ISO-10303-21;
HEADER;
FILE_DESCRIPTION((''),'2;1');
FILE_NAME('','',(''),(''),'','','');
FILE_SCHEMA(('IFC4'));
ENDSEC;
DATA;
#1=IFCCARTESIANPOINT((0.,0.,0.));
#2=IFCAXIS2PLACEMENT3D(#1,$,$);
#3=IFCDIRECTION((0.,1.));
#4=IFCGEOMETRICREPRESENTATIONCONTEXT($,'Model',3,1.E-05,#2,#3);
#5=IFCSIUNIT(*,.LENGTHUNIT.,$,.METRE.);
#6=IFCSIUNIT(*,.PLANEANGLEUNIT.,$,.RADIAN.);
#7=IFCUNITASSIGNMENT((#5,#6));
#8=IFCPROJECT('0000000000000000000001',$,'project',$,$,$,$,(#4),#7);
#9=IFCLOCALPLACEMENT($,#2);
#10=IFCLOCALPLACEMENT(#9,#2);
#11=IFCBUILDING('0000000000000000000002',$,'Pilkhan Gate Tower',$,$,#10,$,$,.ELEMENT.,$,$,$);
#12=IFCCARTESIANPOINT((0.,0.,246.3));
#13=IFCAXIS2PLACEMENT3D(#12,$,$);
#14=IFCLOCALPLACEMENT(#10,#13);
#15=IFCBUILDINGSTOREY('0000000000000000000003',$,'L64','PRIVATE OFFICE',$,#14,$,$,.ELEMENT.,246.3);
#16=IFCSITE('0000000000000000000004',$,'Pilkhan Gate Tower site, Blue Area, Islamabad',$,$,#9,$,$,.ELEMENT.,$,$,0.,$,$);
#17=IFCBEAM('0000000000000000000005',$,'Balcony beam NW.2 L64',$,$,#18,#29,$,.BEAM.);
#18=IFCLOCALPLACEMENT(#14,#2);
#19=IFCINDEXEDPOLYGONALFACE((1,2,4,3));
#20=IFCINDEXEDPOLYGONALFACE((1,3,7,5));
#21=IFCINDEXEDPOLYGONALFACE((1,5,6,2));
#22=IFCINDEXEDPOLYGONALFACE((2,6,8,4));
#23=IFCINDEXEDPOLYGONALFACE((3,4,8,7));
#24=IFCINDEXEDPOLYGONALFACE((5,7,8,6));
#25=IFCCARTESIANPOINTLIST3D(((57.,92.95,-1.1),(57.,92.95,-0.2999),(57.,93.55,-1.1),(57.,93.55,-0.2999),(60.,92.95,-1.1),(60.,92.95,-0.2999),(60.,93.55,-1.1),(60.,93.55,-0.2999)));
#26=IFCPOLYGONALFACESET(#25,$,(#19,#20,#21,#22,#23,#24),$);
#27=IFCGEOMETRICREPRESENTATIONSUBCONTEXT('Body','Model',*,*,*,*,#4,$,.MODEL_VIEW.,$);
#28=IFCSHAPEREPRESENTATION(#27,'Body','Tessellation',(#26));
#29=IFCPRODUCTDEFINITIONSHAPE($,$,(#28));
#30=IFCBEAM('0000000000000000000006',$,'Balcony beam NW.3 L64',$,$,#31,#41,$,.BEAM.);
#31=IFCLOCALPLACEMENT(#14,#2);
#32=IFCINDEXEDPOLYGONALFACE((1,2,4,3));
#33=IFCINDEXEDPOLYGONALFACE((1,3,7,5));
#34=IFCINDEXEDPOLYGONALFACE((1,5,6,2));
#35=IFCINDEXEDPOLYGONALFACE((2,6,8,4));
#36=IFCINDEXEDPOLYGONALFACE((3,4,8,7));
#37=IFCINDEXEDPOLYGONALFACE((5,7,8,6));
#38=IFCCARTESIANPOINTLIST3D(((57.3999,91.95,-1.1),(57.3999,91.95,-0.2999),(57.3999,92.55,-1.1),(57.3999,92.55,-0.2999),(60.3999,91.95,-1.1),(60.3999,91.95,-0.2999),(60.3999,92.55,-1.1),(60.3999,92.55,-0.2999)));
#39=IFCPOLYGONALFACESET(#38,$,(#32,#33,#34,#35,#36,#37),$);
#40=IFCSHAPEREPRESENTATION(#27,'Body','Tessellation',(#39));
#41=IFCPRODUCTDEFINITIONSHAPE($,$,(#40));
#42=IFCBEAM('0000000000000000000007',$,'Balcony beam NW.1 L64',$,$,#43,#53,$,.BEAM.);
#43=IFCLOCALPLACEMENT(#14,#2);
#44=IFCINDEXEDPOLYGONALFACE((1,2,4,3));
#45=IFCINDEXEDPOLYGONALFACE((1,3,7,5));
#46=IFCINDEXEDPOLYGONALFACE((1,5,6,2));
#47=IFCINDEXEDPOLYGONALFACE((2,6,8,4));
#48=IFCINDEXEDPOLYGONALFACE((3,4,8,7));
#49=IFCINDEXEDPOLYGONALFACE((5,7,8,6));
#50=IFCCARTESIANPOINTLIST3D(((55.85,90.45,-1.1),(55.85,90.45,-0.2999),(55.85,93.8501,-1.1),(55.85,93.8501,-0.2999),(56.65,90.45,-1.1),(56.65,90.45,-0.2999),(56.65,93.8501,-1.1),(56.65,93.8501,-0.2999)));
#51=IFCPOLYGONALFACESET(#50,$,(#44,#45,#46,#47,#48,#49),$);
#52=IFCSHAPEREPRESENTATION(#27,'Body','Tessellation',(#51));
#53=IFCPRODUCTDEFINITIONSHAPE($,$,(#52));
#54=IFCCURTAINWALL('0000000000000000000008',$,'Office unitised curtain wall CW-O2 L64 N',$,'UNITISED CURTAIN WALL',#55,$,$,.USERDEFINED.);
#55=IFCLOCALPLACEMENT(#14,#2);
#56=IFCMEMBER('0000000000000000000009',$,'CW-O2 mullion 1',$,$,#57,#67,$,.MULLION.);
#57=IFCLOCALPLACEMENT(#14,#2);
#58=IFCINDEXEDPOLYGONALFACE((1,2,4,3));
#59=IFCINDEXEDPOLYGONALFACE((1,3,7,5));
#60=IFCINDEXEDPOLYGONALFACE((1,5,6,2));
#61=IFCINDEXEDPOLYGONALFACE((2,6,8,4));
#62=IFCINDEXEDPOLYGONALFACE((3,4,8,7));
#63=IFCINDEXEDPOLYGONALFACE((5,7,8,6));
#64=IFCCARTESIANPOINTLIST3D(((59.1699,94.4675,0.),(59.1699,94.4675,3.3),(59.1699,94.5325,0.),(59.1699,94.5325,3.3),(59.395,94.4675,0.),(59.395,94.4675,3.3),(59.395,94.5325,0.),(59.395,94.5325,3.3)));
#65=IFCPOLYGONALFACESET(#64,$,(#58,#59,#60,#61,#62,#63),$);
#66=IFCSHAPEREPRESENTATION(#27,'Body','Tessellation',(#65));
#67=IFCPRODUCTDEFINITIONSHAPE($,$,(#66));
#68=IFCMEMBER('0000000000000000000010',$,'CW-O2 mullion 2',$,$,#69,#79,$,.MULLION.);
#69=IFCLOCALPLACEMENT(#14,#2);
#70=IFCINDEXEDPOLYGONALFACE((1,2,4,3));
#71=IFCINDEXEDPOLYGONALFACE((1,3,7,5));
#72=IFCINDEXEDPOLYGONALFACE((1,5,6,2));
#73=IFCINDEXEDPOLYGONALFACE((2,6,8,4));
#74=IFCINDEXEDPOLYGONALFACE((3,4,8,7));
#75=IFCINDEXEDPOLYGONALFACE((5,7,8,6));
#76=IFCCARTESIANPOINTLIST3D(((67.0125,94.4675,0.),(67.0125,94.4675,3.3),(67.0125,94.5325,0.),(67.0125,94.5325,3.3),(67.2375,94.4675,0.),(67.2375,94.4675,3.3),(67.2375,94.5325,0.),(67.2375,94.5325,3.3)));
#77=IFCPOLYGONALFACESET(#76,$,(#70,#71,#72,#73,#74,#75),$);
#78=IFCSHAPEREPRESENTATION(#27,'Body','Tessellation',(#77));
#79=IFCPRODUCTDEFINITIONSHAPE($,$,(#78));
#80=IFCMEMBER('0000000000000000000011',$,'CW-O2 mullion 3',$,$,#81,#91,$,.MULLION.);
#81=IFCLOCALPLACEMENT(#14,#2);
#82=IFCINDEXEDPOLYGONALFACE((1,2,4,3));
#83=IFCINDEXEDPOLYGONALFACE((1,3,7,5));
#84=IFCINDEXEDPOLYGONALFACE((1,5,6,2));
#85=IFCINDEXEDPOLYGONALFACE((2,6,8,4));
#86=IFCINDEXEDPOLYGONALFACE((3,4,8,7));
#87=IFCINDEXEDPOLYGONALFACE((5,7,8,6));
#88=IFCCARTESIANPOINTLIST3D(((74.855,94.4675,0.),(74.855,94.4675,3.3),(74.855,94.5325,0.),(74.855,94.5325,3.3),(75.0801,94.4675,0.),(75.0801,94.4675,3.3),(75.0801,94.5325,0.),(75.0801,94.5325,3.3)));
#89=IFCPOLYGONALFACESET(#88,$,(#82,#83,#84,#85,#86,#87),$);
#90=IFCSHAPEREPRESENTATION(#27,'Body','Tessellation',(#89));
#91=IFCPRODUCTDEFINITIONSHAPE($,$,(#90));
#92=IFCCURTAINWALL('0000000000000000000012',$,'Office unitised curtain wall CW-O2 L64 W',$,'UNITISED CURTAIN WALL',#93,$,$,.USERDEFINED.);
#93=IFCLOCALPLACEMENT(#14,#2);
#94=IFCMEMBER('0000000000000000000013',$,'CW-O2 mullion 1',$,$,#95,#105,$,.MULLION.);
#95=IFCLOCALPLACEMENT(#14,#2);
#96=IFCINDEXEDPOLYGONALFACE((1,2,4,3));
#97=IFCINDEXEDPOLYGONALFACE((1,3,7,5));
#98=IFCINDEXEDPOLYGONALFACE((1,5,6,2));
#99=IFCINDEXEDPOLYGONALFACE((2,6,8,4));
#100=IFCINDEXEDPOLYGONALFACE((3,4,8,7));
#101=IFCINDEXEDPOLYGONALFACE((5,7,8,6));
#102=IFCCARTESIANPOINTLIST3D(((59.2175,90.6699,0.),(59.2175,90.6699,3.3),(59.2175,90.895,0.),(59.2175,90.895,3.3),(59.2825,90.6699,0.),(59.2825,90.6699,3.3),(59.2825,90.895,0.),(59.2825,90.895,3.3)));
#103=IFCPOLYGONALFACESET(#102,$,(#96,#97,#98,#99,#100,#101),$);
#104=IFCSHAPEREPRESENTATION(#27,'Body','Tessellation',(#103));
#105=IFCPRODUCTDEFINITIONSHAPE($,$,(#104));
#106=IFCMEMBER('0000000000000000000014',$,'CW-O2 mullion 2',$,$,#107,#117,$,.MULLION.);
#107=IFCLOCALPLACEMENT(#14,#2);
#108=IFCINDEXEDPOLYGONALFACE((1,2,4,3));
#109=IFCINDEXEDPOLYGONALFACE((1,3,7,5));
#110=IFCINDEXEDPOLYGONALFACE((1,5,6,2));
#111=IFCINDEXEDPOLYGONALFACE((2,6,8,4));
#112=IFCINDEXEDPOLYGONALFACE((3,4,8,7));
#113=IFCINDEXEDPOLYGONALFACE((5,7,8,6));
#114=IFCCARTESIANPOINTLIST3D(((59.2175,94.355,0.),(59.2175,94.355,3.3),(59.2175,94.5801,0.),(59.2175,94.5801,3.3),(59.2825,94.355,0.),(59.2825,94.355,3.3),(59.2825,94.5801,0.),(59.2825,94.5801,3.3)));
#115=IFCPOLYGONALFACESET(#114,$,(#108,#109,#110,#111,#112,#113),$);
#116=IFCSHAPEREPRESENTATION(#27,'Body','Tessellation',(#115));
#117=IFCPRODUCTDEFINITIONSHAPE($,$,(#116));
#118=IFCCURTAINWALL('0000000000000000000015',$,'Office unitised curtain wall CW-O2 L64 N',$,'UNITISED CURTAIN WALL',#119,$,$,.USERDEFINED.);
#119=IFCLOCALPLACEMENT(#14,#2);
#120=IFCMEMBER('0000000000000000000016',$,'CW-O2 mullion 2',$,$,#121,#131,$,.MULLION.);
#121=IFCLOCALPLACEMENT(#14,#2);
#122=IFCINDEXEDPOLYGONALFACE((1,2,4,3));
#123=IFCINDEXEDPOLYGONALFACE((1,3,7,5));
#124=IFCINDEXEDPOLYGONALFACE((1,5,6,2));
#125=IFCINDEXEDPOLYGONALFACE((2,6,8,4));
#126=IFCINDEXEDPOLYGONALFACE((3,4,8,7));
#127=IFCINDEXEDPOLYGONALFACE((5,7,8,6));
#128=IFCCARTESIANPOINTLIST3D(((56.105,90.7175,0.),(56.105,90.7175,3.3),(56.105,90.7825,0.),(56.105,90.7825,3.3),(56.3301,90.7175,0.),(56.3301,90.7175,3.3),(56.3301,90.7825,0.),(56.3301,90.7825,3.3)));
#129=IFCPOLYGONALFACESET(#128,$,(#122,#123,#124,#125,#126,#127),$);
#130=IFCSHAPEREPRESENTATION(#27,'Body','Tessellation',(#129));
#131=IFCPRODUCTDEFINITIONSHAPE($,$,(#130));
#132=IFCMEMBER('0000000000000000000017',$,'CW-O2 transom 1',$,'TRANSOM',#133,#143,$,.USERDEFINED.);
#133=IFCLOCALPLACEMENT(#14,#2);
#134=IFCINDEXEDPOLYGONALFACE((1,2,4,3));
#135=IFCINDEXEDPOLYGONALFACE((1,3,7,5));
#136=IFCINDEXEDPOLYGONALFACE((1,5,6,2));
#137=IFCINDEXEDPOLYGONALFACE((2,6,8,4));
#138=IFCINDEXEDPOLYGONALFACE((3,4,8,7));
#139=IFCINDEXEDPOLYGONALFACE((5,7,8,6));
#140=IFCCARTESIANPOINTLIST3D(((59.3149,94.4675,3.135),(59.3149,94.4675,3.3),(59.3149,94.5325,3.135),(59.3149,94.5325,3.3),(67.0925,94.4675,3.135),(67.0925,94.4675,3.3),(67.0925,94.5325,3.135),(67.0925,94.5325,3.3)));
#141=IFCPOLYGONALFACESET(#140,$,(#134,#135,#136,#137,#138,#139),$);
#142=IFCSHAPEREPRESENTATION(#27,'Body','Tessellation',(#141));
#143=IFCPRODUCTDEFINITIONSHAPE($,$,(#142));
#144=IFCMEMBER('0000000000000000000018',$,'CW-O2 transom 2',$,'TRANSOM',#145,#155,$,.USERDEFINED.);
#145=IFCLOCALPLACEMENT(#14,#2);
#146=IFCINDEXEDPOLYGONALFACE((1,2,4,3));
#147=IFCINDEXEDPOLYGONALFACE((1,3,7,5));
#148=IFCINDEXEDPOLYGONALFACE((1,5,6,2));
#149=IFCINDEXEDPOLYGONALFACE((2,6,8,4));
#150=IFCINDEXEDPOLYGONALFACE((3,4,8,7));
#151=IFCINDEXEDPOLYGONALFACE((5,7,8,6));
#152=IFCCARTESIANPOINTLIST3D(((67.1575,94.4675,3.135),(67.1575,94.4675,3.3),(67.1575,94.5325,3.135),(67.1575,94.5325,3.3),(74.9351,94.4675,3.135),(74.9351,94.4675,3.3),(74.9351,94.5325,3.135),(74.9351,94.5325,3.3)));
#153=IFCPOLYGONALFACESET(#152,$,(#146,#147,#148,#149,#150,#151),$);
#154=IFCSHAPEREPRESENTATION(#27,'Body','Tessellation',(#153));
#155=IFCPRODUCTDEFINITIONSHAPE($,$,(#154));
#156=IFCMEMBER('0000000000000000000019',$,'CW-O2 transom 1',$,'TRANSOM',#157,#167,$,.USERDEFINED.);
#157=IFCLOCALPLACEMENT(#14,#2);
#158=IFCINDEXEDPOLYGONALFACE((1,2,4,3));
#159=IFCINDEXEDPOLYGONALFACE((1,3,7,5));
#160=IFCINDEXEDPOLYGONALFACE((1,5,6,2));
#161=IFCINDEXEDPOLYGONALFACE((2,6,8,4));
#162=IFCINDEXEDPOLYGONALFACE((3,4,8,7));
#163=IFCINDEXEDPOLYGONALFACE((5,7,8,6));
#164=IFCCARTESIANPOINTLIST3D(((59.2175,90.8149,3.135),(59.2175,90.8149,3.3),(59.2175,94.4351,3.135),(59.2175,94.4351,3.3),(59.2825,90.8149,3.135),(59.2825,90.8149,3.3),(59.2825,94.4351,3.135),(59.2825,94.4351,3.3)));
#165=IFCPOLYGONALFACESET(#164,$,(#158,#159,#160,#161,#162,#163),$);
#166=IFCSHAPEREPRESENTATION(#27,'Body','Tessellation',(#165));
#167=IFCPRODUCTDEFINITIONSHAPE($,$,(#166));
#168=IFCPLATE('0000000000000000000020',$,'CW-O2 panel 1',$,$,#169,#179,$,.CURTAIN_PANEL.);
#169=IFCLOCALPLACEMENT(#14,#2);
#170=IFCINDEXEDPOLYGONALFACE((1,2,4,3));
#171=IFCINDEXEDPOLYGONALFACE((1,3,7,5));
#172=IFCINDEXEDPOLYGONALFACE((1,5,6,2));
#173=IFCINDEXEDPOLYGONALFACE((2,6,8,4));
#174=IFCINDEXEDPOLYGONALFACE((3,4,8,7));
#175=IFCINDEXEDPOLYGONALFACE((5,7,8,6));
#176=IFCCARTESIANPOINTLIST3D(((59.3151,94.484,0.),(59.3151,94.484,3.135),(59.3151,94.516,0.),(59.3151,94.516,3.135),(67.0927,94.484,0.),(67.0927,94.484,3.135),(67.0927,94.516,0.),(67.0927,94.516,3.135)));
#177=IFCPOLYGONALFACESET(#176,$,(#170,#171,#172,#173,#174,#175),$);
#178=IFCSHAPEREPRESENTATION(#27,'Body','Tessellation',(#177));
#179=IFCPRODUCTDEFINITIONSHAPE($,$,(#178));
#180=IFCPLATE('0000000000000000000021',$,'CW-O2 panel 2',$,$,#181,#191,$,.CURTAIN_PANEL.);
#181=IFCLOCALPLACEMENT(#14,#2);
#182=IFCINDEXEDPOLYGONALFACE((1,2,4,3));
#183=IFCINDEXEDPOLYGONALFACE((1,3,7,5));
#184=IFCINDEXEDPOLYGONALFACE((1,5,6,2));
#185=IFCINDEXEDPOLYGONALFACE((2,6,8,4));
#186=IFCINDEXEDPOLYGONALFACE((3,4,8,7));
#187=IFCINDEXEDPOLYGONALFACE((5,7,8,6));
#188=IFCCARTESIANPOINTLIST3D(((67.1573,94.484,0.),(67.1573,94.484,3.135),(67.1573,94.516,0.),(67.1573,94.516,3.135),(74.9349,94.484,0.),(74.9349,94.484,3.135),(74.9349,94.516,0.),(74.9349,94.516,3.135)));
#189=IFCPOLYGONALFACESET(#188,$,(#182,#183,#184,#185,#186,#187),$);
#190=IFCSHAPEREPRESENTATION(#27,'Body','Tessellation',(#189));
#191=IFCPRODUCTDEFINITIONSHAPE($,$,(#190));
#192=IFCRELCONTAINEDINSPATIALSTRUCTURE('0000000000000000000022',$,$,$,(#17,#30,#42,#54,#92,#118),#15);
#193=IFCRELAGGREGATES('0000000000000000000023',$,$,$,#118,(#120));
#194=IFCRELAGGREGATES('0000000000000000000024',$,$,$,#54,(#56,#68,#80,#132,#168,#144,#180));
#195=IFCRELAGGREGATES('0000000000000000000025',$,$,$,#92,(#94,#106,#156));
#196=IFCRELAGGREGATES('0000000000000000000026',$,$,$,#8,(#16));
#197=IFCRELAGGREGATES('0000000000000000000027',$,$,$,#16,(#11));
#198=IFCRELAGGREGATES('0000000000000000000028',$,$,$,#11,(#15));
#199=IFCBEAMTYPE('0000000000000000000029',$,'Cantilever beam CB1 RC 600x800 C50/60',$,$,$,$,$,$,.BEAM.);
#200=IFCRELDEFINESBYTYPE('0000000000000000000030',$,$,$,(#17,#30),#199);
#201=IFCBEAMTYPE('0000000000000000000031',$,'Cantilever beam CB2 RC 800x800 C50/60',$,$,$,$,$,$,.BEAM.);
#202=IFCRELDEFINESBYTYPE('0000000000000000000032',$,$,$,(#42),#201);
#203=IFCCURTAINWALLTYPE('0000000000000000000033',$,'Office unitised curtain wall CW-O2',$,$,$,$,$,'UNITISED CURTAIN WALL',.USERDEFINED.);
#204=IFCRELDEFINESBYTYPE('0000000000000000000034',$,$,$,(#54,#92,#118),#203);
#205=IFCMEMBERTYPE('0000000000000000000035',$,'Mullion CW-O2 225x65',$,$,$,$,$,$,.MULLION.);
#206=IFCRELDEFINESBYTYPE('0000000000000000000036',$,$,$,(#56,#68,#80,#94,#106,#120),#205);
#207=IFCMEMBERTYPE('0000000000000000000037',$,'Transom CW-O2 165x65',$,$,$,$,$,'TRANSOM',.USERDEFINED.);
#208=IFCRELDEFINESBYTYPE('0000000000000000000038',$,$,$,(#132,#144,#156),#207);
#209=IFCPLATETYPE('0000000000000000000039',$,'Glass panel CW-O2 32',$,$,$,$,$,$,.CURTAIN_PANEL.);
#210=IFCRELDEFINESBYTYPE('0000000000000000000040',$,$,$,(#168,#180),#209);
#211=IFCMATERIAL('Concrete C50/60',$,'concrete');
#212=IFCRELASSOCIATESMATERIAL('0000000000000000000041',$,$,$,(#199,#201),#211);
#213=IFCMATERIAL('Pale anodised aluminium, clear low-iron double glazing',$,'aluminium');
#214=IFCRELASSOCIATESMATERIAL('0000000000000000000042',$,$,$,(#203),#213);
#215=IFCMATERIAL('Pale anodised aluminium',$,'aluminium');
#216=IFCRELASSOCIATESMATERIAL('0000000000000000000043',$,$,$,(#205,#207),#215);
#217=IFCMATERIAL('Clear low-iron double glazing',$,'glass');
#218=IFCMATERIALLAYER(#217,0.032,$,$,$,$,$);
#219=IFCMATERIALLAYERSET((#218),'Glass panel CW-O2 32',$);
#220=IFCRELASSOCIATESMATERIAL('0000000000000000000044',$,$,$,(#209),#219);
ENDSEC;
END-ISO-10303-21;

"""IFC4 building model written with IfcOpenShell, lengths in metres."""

from ifc_helpers import new_model, si_unit, direction, frame, origin, origin_2d, place, context, subcontext, project, spatial, rectangle, extrude, material, layer, layer_set, material_profile, profile_set, type_object, element, aggregate, save


model = new_model("IFC4")

# Units and contexts
model_context = context("Model", 3, precision=1e-05, world=origin(), true_north=direction((0.0, 1.0)))
body_context = subcontext(model_context, "Body", "Model", "MODEL_VIEW")
ifc_project = project(units=[si_unit("LENGTHUNIT", "METRE"), si_unit("PLANEANGLEUNIT", "RADIAN")], contexts=[model_context])

# Site, building, storey
site_placement = place(None, origin())
site = spatial("IfcSite", under=ifc_project, at=site_placement, Name="Pilkhan Gate Tower site, Blue Area, Islamabad", CompositionType="ELEMENT", RefElevation=0.0)
building_placement = place(site_placement, origin())
building = spatial("IfcBuilding", under=site, at=building_placement, Name="Pilkhan Gate Tower", CompositionType="ELEMENT")
storey_placement = place(building_placement, frame((0.0, 0.0, 246.3)))
storey = spatial("IfcBuildingStorey", under=building, at=storey_placement, Name="L64", Description="PRIVATE OFFICE", CompositionType="ELEMENT", Elevation=246.3)

# Beams
ifc_material_1 = material(Name="Concrete C50/60", Category="concrete")
ifc_material_profile_1 = material_profile(ifc_material_1, rectangle(XDim=0.6001, YDim=0.8, at=origin_2d()), Name="RC 600x800")
ifc_profile_set_1 = profile_set([ifc_material_profile_1], Name="Concrete C50/60")
beam_type_1 = type_object("IfcBeamType", Name="Cantilever beam CB1 RC 600x800 C50/60", PredefinedType="BEAM", material=ifc_profile_set_1)
for number, where, z_axis, x_axis, name in (
    (1, (60.0, 93.25, -0.7), (-1.0, 0.0, 0.0), (0.0, -1.0, 0.0), "Balcony beam NW.2 L64"),
    (2, (60.3999, 92.25, -0.7), (-1.0, 0.0, 0.0), (0.0, -1.0, 0.0), "Balcony beam NW.3 L64"),
):
    element("IfcBeam", number, at=place(storey_placement, frame(where, z_axis=z_axis, x_axis=x_axis)), inside=storey, type_object=beam_type_1, Name=name, PredefinedType="BEAM", context=body_context, shape_type="SweptSolid", body=[
        extrude(rectangle(XDim=0.6001, YDim=0.8, at=origin_2d()), origin(), (0.0, 0.0, 1.0), 3.0),
    ])
ifc_material_profile_2 = material_profile(ifc_material_1, rectangle(XDim=0.8, YDim=0.8, at=origin_2d()), Name="RC 800x800")
ifc_profile_set_2 = profile_set([ifc_material_profile_2], Name="Concrete C50/60")
beam_type_2 = type_object("IfcBeamType", Name="Cantilever beam CB2 RC 800x800 C50/60", PredefinedType="BEAM", material=ifc_profile_set_2)
beam_placement = place(storey_placement, frame((56.25, 90.45, -0.7), z_axis=(0.0, 1.0, 0.0), x_axis=(-1.0, 0.0, 0.0)))
element("IfcBeam", 3, at=beam_placement, inside=storey, type_object=beam_type_2, Name="Balcony beam NW.1 L64", PredefinedType="BEAM", context=body_context, shape_type="SweptSolid", body=[
    extrude(rectangle(XDim=0.8, YDim=0.8, at=origin_2d()), origin(), (0.0, 0.0, 1.0), 3.4001),
])

# Curtain walls, members
ifc_material_2 = material(Name="Pale anodised aluminium, clear low-iron double glazing", Category="aluminium")
curtain_wall_type = type_object("IfcCurtainWallType", Name="Office unitised curtain wall CW-O2", ElementType="UNITISED CURTAIN WALL", PredefinedType="USERDEFINED", material=ifc_material_2)
curtain_wall_1_placement = place(storey_placement, origin())
curtain_wall_1 = element("IfcCurtainWall", 4, at=curtain_wall_1_placement, inside=storey, type_object=curtain_wall_type, Name="Office unitised curtain wall CW-O2 L64 N", ObjectType="UNITISED CURTAIN WALL", PredefinedType="USERDEFINED")
ifc_material_3 = material(Name="Pale anodised aluminium", Category="aluminium")
ifc_material_profile_3 = material_profile(ifc_material_3, rectangle(XDim=0.0649, YDim=0.2251, at=origin_2d()), Name="Mullion 225x65")
ifc_profile_set_3 = profile_set([ifc_material_profile_3], Name="Pale anodised aluminium")
member_type_1 = type_object("IfcMemberType", Name="Mullion CW-O2 225x65", PredefinedType="MULLION", material=ifc_profile_set_3)
member_1_placement = place(storey_placement, frame((59.2825, 94.5, 0.0), z_axis=(0.0, 0.0, 1.0), x_axis=(0.0, 1.0, 0.0)))
member_1 = element("IfcMember", 5, at=member_1_placement, type_object=member_type_1, Name="CW-O2 mullion 1", PredefinedType="MULLION", context=body_context, shape_type="SweptSolid", body=[
    extrude(rectangle(XDim=0.0649, YDim=0.2251, at=origin_2d()), origin(), (0.0, 0.0, 1.0), 3.3),
])
member_2_placement = place(storey_placement, frame((67.125, 94.5, 0.0), z_axis=(0.0, 0.0, 1.0), x_axis=(0.0, 1.0, 0.0)))
member_2 = element("IfcMember", 6, at=member_2_placement, type_object=member_type_1, Name="CW-O2 mullion 2", PredefinedType="MULLION", context=body_context, shape_type="SweptSolid", body=[
    extrude(rectangle(XDim=0.0649, YDim=0.2251, at=origin_2d()), origin(), (0.0, 0.0, 1.0), 3.3),
])
member_3_placement = place(storey_placement, frame((74.9675, 94.5, 0.0), z_axis=(0.0, 0.0, 1.0), x_axis=(0.0, 1.0, 0.0)))
member_3 = element("IfcMember", 7, at=member_3_placement, type_object=member_type_1, Name="CW-O2 mullion 3", PredefinedType="MULLION", context=body_context, shape_type="SweptSolid", body=[
    extrude(rectangle(XDim=0.0649, YDim=0.2251, at=origin_2d()), origin(), (0.0, 0.0, 1.0), 3.3),
])
curtain_wall_2_placement = place(storey_placement, origin())
curtain_wall_2 = element("IfcCurtainWall", 8, at=curtain_wall_2_placement, inside=storey, type_object=curtain_wall_type, Name="Office unitised curtain wall CW-O2 L64 W", ObjectType="UNITISED CURTAIN WALL", PredefinedType="USERDEFINED")
member_4_placement = place(storey_placement, frame((59.25, 90.7825, 0.0), z_axis=(0.0, 0.0, 1.0), x_axis=(-1.0, 0.0, 0.0)))
member_4 = element("IfcMember", 9, at=member_4_placement, type_object=member_type_1, Name="CW-O2 mullion 1", PredefinedType="MULLION", context=body_context, shape_type="SweptSolid", body=[
    extrude(rectangle(XDim=0.0649, YDim=0.2251, at=origin_2d()), origin(), (0.0, 0.0, 1.0), 3.3),
])
member_5_placement = place(storey_placement, frame((59.25, 94.4675, 0.0), z_axis=(0.0, 0.0, 1.0), x_axis=(-1.0, 0.0, 0.0)))
member_5 = element("IfcMember", 10, at=member_5_placement, type_object=member_type_1, Name="CW-O2 mullion 2", PredefinedType="MULLION", context=body_context, shape_type="SweptSolid", body=[
    extrude(rectangle(XDim=0.0649, YDim=0.2251, at=origin_2d()), origin(), (0.0, 0.0, 1.0), 3.3),
])

# Curtain wall, member
curtain_wall_3_placement = place(storey_placement, origin())
curtain_wall_3 = element("IfcCurtainWall", 11, at=curtain_wall_3_placement, inside=storey, type_object=curtain_wall_type, Name="Office unitised curtain wall CW-O2 L64 N", ObjectType="UNITISED CURTAIN WALL", PredefinedType="USERDEFINED")
member_6_placement = place(storey_placement, frame((56.2175, 90.75, 0.0), z_axis=(0.0, 0.0, 1.0), x_axis=(0.0, 1.0, 0.0)))
member_6 = element("IfcMember", 12, at=member_6_placement, type_object=member_type_1, Name="CW-O2 mullion 2", PredefinedType="MULLION", context=body_context, shape_type="SweptSolid", body=[
    extrude(rectangle(XDim=0.0649, YDim=0.2251, at=origin_2d()), origin(), (0.0, 0.0, 1.0), 3.3),
])
aggregate(curtain_wall_3, [member_6])

# Members
ifc_material_profile_4 = material_profile(ifc_material_3, rectangle(XDim=0.0649, YDim=0.165, at=origin_2d()), Name="Transom 165x65")
ifc_profile_set_4 = profile_set([ifc_material_profile_4], Name="Pale anodised aluminium")
member_type_2 = type_object("IfcMemberType", Name="Transom CW-O2 165x65", ElementType="TRANSOM", PredefinedType="USERDEFINED", material=ifc_profile_set_4)
member_7_placement = place(storey_placement, frame((59.3149, 94.5, 3.2175), z_axis=(1.0, 0.0, 0.0), x_axis=(0.0, 1.0, 0.0)))
member_7 = element("IfcMember", 13, at=member_7_placement, type_object=member_type_2, Name="CW-O2 transom 1", ObjectType="TRANSOM", PredefinedType="USERDEFINED", context=body_context, shape_type="SweptSolid", body=[
    extrude(rectangle(XDim=0.0649, YDim=0.165, at=origin_2d()), origin(), (0.0, 0.0, 1.0), 7.7776),
])
member_8_placement = place(storey_placement, frame((67.1575, 94.5, 3.2175), z_axis=(1.0, 0.0, 0.0), x_axis=(0.0, 1.0, 0.0)))
member_8 = element("IfcMember", 14, at=member_8_placement, type_object=member_type_2, Name="CW-O2 transom 2", ObjectType="TRANSOM", PredefinedType="USERDEFINED", context=body_context, shape_type="SweptSolid", body=[
    extrude(rectangle(XDim=0.0649, YDim=0.165, at=origin_2d()), origin(), (0.0, 0.0, 1.0), 7.7776),
])
member_9_placement = place(storey_placement, frame((59.25, 90.8149, 3.2175), z_axis=(0.0, 1.0, 0.0), x_axis=(-1.0, 0.0, 0.0)))
member_9 = element("IfcMember", 15, at=member_9_placement, type_object=member_type_2, Name="CW-O2 transom 1", ObjectType="TRANSOM", PredefinedType="USERDEFINED", context=body_context, shape_type="SweptSolid", body=[
    extrude(rectangle(XDim=0.0649, YDim=0.165, at=origin_2d()), origin(), (0.0, 0.0, 1.0), 3.6201),
])

# Plates
ifc_material_4 = material(Name="Clear low-iron double glazing", Category="glass")
ifc_layer_1 = layer(ifc_material_4, 0.032)
ifc_layer_set_1 = layer_set([ifc_layer_1], Name="Glass panel CW-O2 32")
plate_type = type_object("IfcPlateType", Name="Glass panel CW-O2 32", PredefinedType="CURTAIN_PANEL", material=ifc_layer_set_1)
plate_1_placement = place(storey_placement, frame((63.2039, 94.5, 0.0), z_axis=(0.0, 0.0, 1.0), x_axis=(1.0, 0.0, 0.0)))
plate_1 = element("IfcPlate", 16, at=plate_1_placement, type_object=plate_type, Name="CW-O2 panel 1", PredefinedType="CURTAIN_PANEL", context=body_context, shape_type="SweptSolid", body=[
    extrude(rectangle(XDim=7.7776, YDim=0.032, at=origin_2d()), origin(), (0.0, 0.0, 1.0), 3.135),
])
plate_2_placement = place(storey_placement, frame((71.0461, 94.5, 0.0), z_axis=(0.0, 0.0, 1.0), x_axis=(1.0, 0.0, 0.0)))
plate_2 = element("IfcPlate", 17, at=plate_2_placement, type_object=plate_type, Name="CW-O2 panel 2", PredefinedType="CURTAIN_PANEL", context=body_context, shape_type="SweptSolid", body=[
    extrude(rectangle(XDim=7.7776, YDim=0.032, at=origin_2d()), origin(), (0.0, 0.0, 1.0), 3.135),
])
aggregate(curtain_wall_1, [member_1, member_2, member_3, member_7, plate_1, member_8, plate_2])
aggregate(curtain_wall_2, [member_4, member_5, member_9])

save(model, "model.ifc")
